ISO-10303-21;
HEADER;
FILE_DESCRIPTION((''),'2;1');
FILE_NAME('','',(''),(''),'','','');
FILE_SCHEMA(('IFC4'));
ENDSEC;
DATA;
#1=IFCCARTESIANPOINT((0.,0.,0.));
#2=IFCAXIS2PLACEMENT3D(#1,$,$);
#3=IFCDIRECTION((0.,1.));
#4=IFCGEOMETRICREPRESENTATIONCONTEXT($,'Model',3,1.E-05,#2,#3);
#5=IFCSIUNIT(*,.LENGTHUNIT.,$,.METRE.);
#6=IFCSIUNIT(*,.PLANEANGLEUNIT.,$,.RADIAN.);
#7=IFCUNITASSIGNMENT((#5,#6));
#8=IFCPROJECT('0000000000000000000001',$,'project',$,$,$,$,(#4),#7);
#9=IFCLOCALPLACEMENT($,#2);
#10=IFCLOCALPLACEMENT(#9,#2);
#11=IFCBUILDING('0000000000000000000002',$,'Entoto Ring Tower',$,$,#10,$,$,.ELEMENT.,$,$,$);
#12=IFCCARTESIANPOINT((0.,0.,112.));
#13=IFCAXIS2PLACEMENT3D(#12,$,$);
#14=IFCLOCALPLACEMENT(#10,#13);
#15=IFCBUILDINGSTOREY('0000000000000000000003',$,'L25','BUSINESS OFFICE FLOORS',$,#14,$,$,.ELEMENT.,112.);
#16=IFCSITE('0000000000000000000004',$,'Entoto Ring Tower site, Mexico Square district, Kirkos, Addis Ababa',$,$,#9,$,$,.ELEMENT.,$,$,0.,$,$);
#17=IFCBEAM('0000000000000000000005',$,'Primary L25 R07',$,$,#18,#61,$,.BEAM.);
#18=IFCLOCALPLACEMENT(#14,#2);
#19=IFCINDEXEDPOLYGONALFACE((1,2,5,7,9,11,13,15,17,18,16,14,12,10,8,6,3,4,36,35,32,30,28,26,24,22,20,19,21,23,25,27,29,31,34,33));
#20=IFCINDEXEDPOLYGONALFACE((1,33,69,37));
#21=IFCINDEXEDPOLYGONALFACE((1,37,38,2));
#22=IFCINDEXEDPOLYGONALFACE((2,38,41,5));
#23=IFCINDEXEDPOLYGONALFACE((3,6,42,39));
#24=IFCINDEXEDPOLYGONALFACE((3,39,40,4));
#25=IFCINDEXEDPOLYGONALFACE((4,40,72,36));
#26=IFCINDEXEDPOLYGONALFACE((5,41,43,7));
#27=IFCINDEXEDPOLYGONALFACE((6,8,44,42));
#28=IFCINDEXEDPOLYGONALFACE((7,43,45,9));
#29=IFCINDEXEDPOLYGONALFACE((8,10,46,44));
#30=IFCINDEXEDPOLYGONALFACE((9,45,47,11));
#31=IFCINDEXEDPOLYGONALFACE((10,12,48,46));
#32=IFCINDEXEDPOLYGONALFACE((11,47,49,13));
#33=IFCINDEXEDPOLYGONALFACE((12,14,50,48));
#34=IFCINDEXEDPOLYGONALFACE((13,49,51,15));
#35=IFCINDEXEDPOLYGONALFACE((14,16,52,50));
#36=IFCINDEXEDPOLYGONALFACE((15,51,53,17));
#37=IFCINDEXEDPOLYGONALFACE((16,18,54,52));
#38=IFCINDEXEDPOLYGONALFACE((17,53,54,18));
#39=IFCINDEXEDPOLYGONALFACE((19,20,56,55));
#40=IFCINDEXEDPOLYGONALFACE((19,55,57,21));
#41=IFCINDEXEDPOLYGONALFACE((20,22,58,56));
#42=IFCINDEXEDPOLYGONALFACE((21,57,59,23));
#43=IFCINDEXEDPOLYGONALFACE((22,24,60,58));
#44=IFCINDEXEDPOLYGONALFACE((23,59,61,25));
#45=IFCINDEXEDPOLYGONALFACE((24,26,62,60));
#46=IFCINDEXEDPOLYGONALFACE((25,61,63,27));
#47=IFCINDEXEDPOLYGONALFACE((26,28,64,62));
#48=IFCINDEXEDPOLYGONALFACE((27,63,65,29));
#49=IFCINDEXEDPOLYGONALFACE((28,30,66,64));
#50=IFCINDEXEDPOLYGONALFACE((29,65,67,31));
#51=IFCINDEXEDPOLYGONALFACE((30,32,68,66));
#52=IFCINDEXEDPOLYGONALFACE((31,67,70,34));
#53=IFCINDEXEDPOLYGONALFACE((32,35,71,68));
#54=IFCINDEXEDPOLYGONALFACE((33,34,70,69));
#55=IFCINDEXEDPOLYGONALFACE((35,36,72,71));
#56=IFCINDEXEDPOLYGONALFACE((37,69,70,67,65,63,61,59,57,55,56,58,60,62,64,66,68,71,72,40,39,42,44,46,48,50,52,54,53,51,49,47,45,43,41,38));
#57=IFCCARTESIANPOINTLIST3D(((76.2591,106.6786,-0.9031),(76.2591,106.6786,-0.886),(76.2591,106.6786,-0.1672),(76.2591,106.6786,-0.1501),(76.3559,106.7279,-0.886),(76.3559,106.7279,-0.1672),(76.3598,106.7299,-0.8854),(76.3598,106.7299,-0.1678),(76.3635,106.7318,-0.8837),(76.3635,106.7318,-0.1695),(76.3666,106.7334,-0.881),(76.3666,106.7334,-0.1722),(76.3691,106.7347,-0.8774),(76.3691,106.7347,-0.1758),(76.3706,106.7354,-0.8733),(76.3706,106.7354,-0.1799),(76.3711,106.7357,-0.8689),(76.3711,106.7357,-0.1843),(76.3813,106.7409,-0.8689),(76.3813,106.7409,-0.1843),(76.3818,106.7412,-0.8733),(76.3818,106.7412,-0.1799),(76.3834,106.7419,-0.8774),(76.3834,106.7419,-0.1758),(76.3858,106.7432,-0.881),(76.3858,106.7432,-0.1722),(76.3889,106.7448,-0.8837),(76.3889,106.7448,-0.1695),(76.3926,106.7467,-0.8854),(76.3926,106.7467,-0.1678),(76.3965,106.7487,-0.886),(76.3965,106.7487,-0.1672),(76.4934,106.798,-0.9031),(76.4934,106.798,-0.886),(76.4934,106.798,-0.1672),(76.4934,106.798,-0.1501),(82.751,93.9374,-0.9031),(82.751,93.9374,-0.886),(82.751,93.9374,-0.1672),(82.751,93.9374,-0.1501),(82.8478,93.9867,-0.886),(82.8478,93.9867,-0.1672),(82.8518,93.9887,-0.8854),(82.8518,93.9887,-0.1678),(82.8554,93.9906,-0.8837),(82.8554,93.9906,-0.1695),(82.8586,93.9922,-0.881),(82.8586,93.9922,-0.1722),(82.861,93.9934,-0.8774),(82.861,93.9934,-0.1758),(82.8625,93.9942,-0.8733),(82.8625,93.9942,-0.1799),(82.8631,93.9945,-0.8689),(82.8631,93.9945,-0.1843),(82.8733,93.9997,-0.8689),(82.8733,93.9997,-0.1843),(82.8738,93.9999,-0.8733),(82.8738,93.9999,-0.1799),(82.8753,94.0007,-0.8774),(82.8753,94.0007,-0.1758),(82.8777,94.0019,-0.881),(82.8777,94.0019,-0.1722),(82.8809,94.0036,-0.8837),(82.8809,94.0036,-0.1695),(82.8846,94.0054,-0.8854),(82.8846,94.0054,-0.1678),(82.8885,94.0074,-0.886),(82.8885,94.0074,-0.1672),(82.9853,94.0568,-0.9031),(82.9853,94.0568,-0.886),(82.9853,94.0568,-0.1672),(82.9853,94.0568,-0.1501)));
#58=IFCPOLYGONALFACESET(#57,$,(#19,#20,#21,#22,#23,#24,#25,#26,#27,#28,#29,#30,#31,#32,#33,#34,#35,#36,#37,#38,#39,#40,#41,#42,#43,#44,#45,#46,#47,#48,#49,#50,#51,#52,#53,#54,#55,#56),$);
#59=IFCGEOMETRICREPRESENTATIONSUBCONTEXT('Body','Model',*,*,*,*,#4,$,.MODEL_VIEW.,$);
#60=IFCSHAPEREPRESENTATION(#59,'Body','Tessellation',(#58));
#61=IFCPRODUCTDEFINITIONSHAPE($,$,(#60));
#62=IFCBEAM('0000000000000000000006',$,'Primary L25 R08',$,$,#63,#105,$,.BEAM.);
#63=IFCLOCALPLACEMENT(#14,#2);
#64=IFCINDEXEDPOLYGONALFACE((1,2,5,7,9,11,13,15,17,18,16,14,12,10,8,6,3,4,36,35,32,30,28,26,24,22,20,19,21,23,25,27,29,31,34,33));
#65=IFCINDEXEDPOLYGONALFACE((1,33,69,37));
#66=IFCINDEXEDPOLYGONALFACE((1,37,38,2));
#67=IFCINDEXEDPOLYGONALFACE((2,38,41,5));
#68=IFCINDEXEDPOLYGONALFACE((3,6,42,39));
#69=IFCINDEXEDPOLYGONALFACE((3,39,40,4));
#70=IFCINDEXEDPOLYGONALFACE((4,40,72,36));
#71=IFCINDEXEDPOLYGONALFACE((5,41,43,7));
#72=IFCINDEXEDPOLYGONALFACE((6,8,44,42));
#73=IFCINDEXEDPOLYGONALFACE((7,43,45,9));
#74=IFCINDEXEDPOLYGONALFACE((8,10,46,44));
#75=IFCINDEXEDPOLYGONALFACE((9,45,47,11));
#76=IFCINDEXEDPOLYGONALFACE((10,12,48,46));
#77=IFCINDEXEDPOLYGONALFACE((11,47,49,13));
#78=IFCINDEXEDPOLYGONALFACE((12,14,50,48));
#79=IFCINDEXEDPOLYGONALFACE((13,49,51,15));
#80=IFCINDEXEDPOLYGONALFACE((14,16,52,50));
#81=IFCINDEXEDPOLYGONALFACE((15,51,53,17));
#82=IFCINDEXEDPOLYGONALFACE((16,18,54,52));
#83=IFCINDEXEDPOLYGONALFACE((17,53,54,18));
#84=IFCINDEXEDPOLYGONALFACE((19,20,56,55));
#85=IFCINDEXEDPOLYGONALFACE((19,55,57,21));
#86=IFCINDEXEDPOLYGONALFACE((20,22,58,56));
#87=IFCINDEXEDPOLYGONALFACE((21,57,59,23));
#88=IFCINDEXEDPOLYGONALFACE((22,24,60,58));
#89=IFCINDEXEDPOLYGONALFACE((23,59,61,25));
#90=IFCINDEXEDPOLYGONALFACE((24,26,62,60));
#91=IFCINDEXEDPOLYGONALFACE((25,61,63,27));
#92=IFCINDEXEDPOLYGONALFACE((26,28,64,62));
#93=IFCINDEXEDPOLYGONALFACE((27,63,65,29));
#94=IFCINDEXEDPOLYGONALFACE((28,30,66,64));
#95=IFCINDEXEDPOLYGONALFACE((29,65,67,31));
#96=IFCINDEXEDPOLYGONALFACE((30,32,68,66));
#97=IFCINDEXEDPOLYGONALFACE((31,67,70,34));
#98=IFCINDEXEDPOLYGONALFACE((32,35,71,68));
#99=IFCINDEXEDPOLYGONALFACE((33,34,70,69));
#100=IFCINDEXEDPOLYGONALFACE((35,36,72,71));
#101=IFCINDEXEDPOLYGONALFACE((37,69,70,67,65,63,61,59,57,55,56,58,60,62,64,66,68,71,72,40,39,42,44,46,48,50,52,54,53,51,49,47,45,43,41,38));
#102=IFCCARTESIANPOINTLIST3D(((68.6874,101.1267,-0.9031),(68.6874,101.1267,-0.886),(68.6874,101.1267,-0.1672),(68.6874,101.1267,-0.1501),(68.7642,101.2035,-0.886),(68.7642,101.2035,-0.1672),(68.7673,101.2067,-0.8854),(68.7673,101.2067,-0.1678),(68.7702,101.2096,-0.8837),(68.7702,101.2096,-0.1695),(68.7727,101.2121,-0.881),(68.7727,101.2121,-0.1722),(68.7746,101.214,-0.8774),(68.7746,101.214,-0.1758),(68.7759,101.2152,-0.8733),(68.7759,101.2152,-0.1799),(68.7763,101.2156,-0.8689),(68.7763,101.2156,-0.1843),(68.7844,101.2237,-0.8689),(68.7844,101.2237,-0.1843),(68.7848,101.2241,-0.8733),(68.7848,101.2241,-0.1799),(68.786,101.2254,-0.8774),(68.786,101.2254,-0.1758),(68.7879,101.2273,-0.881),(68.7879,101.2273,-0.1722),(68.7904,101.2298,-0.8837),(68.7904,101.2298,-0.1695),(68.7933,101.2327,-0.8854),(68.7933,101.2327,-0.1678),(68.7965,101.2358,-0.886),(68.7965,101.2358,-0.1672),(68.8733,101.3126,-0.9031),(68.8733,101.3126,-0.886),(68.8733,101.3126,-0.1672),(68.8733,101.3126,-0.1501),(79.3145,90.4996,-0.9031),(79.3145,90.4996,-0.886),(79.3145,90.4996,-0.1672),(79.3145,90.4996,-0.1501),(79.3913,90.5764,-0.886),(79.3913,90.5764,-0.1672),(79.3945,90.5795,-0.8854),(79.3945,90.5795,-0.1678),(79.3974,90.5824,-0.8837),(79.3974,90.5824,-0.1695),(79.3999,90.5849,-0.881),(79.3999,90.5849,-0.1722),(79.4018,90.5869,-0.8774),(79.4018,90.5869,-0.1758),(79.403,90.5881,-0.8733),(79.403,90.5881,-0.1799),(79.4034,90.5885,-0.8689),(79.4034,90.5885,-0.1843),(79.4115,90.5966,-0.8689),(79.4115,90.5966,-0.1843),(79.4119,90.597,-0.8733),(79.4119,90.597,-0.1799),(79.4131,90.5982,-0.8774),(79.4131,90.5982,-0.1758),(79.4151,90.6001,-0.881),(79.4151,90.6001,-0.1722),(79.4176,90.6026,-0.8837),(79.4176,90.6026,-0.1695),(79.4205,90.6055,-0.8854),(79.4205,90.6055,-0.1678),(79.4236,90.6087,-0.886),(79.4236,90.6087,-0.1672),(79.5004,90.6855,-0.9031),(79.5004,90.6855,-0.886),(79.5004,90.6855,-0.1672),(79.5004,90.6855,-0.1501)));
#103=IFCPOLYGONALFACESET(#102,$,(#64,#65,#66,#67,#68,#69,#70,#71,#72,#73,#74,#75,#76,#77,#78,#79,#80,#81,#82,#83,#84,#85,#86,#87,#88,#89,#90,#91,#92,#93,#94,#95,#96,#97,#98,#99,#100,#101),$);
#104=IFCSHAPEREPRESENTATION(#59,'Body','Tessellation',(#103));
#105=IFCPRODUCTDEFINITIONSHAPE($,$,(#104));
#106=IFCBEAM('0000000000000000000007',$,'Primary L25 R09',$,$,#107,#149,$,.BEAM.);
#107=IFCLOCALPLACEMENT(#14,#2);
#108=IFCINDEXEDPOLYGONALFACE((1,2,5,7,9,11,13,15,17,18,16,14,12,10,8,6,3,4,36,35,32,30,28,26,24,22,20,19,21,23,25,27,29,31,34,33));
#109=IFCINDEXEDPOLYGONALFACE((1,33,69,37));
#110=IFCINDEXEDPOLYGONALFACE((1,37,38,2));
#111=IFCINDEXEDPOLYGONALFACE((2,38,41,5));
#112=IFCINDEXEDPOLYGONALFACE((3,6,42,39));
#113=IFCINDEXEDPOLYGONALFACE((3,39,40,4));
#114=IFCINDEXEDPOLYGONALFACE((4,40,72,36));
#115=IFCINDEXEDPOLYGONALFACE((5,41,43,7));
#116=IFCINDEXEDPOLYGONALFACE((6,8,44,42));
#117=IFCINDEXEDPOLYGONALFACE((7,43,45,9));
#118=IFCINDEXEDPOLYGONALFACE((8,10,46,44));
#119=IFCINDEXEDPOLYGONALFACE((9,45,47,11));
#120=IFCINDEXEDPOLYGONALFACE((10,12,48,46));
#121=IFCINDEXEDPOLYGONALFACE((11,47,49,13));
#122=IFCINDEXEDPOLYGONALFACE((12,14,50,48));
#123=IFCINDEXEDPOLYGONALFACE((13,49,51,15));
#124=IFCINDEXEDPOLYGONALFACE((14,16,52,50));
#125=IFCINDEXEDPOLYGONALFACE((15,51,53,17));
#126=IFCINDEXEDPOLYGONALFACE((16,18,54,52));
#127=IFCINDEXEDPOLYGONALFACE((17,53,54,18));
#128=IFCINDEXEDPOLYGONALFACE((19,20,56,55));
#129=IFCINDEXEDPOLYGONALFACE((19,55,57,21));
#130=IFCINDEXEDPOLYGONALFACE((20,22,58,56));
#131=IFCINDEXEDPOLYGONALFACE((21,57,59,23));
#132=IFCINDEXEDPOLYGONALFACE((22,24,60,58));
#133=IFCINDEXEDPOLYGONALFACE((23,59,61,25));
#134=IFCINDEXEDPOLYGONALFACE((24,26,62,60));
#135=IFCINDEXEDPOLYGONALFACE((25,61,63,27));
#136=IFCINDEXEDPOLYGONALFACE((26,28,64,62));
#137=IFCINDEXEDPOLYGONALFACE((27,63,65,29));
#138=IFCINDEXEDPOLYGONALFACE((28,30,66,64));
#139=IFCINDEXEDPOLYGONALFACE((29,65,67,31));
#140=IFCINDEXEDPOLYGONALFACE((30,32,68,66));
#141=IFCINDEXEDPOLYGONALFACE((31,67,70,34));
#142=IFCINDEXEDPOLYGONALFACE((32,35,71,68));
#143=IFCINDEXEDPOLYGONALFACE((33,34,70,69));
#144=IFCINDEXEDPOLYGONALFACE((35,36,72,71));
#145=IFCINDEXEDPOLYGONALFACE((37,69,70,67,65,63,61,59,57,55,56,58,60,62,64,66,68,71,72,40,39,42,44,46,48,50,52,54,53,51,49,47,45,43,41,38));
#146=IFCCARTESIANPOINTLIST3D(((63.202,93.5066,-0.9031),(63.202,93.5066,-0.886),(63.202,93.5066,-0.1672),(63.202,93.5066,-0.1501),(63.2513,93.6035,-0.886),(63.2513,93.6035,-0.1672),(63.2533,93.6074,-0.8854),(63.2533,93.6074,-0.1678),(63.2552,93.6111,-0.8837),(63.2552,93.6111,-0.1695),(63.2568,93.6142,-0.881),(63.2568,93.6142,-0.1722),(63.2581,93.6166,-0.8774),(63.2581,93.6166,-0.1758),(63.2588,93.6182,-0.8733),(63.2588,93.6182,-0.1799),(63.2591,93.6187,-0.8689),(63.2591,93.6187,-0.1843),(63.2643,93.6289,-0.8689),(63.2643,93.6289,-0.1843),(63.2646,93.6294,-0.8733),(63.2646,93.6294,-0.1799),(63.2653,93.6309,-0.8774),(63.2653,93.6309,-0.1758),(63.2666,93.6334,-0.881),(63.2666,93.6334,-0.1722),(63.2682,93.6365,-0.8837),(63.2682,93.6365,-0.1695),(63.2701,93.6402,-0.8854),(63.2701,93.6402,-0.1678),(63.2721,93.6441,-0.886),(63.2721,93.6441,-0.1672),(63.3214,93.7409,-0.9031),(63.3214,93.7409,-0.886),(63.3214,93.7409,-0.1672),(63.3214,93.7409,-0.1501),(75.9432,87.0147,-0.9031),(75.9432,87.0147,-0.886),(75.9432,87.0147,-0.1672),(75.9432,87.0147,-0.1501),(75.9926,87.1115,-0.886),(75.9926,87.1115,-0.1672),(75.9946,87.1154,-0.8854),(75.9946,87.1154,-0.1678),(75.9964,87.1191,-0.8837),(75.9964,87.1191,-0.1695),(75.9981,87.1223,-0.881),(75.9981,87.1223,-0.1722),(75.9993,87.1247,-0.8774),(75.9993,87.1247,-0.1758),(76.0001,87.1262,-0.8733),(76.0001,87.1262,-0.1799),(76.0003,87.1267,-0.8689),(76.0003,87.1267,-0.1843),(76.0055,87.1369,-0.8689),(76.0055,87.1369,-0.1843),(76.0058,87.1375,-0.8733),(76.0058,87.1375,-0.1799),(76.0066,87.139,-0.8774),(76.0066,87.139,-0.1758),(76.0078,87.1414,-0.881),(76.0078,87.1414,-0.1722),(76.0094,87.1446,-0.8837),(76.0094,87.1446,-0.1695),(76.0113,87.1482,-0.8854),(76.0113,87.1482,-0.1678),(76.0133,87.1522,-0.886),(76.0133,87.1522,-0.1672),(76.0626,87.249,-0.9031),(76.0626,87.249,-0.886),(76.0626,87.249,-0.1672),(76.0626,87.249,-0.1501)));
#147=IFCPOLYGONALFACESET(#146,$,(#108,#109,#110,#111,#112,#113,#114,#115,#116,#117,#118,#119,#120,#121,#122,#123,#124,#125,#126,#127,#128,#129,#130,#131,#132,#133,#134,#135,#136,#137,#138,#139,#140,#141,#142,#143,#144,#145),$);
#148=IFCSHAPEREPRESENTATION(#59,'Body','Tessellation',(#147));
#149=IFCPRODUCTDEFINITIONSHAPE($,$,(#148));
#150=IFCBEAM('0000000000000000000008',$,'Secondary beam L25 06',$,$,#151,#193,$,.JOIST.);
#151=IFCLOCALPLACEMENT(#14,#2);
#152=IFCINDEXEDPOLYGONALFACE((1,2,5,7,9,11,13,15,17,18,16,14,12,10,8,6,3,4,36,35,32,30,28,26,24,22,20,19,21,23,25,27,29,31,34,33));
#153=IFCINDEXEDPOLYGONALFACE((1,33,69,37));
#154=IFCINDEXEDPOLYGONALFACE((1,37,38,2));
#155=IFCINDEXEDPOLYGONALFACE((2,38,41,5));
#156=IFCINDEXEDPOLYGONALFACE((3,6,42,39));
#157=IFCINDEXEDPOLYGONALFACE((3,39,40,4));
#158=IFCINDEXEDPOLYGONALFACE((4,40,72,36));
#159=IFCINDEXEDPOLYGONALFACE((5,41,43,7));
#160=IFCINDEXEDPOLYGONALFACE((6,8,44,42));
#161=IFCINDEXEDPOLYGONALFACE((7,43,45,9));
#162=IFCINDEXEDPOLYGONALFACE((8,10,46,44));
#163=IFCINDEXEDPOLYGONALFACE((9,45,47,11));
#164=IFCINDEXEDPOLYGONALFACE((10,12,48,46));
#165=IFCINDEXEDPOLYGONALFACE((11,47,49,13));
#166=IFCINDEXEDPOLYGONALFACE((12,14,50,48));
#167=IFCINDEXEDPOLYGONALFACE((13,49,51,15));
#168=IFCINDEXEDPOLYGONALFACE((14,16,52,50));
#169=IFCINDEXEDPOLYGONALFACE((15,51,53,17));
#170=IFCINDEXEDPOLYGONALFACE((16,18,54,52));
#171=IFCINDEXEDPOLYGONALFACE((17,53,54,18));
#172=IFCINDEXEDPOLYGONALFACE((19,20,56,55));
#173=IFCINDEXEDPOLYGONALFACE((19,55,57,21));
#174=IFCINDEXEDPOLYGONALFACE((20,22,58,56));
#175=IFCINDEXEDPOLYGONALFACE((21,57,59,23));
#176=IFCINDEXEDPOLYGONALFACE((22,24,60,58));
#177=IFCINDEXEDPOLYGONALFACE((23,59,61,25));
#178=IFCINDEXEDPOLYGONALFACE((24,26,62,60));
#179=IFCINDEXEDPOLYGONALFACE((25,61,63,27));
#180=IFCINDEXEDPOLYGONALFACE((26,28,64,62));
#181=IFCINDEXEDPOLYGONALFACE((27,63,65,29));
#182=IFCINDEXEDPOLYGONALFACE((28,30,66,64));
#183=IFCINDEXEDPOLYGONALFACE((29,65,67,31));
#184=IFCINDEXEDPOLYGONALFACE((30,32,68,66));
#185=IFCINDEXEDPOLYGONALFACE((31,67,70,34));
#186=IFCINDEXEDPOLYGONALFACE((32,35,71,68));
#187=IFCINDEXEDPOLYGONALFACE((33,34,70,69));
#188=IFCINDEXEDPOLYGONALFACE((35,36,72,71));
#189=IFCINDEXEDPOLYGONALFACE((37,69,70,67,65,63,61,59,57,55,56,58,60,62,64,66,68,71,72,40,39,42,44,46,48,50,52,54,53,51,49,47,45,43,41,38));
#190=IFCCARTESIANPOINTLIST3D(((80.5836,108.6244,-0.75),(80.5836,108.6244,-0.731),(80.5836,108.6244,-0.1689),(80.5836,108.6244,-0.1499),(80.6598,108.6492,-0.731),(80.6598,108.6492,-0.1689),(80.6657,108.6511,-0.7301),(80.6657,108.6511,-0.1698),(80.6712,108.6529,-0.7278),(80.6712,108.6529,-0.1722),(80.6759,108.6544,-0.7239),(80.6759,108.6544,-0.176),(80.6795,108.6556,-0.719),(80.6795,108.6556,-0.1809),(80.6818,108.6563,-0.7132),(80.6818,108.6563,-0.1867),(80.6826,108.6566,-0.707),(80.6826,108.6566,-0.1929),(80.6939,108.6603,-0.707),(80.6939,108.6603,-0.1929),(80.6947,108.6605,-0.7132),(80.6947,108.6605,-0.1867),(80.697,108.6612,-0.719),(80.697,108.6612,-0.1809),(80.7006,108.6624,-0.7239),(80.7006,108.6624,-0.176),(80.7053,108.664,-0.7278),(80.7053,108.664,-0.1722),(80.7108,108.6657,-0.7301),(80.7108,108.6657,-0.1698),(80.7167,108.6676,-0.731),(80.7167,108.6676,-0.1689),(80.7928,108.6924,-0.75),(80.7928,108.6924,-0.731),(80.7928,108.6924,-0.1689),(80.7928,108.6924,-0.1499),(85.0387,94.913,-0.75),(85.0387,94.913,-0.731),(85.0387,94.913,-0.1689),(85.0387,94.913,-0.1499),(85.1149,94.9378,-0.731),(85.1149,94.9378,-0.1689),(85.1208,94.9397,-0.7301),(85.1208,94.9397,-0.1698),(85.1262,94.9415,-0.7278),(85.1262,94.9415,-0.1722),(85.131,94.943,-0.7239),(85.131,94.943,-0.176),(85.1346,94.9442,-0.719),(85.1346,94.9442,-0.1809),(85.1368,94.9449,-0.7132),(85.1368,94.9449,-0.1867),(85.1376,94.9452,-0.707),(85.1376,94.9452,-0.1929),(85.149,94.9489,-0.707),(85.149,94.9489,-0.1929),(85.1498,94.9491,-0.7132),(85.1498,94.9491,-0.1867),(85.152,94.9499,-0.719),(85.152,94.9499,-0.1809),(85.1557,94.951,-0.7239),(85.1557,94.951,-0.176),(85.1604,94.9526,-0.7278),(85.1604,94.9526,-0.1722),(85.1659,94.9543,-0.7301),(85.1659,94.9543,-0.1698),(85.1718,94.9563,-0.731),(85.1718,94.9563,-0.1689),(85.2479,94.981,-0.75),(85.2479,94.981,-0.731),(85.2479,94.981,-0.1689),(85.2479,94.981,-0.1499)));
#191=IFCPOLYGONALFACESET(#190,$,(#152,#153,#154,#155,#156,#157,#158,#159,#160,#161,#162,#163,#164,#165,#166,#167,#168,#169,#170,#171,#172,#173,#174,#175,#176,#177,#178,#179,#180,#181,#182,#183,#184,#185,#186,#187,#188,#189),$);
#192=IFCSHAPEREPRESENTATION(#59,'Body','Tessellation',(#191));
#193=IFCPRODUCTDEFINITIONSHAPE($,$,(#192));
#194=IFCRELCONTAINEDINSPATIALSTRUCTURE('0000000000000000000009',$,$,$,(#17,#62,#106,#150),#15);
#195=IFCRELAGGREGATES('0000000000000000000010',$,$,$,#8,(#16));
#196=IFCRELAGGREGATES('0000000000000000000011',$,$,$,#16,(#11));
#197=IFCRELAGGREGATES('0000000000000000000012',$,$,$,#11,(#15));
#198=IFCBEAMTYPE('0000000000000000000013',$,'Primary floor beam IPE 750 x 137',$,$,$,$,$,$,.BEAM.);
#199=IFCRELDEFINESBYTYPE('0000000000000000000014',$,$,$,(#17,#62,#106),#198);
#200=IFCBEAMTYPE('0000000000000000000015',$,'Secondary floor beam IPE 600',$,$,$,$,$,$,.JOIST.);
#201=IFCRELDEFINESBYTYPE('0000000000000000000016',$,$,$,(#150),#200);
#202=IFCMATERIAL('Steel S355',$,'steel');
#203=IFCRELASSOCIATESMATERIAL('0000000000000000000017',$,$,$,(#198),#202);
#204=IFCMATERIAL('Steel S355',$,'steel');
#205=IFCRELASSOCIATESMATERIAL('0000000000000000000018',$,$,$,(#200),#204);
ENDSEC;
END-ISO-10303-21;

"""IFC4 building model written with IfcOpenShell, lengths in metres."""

from ifc_helpers import new_model, si_unit, direction, frame, origin, origin_2d, place, context, subcontext, project, spatial, i_section, extrude, material, material_profile, profile_set, type_object, element, save


model = new_model("IFC4")

# Units and contexts
model_context = context("Model", 3, precision=1e-05, world=origin(), true_north=direction((0.0, 1.0)))
body_context = subcontext(model_context, "Body", "Model", "MODEL_VIEW")
ifc_project = project(units=[si_unit("LENGTHUNIT", "METRE"), si_unit("PLANEANGLEUNIT", "RADIAN")], contexts=[model_context])

# Site, building, storey
site_placement = place(None, origin())
site = spatial("IfcSite", under=ifc_project, at=site_placement, Name="Entoto Ring Tower site, Mexico Square district, Kirkos, Addis Ababa", CompositionType="ELEMENT", RefElevation=0.0)
building_placement = place(site_placement, origin())
building = spatial("IfcBuilding", under=site, at=building_placement, Name="Entoto Ring Tower", CompositionType="ELEMENT")
storey_placement = place(building_placement, frame((0.0, 0.0, 112.0)))
storey = spatial("IfcBuildingStorey", under=building, at=storey_placement, Name="L25", Description="BUSINESS OFFICE FLOORS", CompositionType="ELEMENT", Elevation=112.0)

# Beams
ifc_material_1 = material(Name="Steel S355", Category="steel")
ifc_material_profile_1 = material_profile(ifc_material_1, i_section(OverallWidth=0.2629, OverallDepth=0.7529, WebThickness=0.0115, FlangeThickness=0.0171, FilletRadius=0.0171, at=origin_2d()), Name="IPE 750 x 137")
ifc_profile_set_1 = profile_set([ifc_material_profile_1], Name="Steel S355")
beam_type_1 = type_object("IfcBeamType", Name="Primary floor beam IPE 750 x 137", PredefinedType="BEAM", material=ifc_profile_set_1)
beam_1_placement = place(storey_placement, frame((82.8682, 93.9971, -0.5266), z_axis=(-0.453989, 0.891007, 0.0), x_axis=(-0.891007, -0.453989, 0.0)))
element("IfcBeam", 1, at=beam_1_placement, inside=storey, type_object=beam_type_1, Name="Primary L25 R07", PredefinedType="BEAM", context=body_context, shape_type="SweptSolid", body=[
    extrude(i_section(OverallWidth=0.2629, OverallDepth=0.7529, WebThickness=0.0115, FlangeThickness=0.0171, FilletRadius=0.0171, at=origin_2d()), origin(), (0.0, 0.0, 1.0), 14.2998),
])
beam_2_placement = place(storey_placement, frame((79.4075, 90.5925, -0.5266), z_axis=(-0.707107, 0.707107, 0.0), x_axis=(-0.707107, -0.707107, 0.0)))
element("IfcBeam", 2, at=beam_2_placement, inside=storey, type_object=beam_type_1, Name="Primary L25 R08", PredefinedType="BEAM", context=body_context, shape_type="SweptSolid", body=[
    extrude(i_section(OverallWidth=0.2629, OverallDepth=0.7529, WebThickness=0.0115, FlangeThickness=0.0171, FilletRadius=0.0171, at=origin_2d()), origin(), (0.0, 0.0, 1.0), 15.0291),
])
beam_3_placement = place(storey_placement, frame((76.0029, 87.1318, -0.5266), z_axis=(-0.891007, 0.453989, 0.0), x_axis=(-0.453989, -0.891007, 0.0)))
element("IfcBeam", 3, at=beam_3_placement, inside=storey, type_object=beam_type_1, Name="Primary L25 R09", PredefinedType="BEAM", context=body_context, shape_type="SweptSolid", body=[
    extrude(i_section(OverallWidth=0.2629, OverallDepth=0.7529, WebThickness=0.0115, FlangeThickness=0.0171, FilletRadius=0.0171, at=origin_2d()), origin(), (0.0, 0.0, 1.0), 14.2998),
])
ifc_material_2 = material(Name="Steel S355", Category="steel")
ifc_material_profile_2 = material_profile(ifc_material_2, i_section(OverallWidth=0.22, OverallDepth=0.6001, WebThickness=0.012, FlangeThickness=0.019, FilletRadius=0.0239, at=origin_2d()), Name="IPE 600")
ifc_profile_set_2 = profile_set([ifc_material_profile_2], Name="Steel S355")
beam_type_2 = type_object("IfcBeamType", Name="Secondary floor beam IPE 600", PredefinedType="JOIST", material=ifc_profile_set_2)
beam_4_placement = place(storey_placement, frame((85.1433, 94.947, -0.45), z_axis=(-0.309015, 0.951057, 0.0), x_axis=(-0.951057, -0.309015, 0.0)))
element("IfcBeam", 4, at=beam_4_placement, inside=storey, type_object=beam_type_2, Name="Secondary beam L25 06", PredefinedType="JOIST", context=body_context, shape_type="SweptSolid", body=[
    extrude(i_section(OverallWidth=0.22, OverallDepth=0.6001, WebThickness=0.012, FlangeThickness=0.019, FilletRadius=0.0239, at=origin_2d()), origin(), (0.0, 0.0, 1.0), 14.417),
])

save(model, "model.ifc")
